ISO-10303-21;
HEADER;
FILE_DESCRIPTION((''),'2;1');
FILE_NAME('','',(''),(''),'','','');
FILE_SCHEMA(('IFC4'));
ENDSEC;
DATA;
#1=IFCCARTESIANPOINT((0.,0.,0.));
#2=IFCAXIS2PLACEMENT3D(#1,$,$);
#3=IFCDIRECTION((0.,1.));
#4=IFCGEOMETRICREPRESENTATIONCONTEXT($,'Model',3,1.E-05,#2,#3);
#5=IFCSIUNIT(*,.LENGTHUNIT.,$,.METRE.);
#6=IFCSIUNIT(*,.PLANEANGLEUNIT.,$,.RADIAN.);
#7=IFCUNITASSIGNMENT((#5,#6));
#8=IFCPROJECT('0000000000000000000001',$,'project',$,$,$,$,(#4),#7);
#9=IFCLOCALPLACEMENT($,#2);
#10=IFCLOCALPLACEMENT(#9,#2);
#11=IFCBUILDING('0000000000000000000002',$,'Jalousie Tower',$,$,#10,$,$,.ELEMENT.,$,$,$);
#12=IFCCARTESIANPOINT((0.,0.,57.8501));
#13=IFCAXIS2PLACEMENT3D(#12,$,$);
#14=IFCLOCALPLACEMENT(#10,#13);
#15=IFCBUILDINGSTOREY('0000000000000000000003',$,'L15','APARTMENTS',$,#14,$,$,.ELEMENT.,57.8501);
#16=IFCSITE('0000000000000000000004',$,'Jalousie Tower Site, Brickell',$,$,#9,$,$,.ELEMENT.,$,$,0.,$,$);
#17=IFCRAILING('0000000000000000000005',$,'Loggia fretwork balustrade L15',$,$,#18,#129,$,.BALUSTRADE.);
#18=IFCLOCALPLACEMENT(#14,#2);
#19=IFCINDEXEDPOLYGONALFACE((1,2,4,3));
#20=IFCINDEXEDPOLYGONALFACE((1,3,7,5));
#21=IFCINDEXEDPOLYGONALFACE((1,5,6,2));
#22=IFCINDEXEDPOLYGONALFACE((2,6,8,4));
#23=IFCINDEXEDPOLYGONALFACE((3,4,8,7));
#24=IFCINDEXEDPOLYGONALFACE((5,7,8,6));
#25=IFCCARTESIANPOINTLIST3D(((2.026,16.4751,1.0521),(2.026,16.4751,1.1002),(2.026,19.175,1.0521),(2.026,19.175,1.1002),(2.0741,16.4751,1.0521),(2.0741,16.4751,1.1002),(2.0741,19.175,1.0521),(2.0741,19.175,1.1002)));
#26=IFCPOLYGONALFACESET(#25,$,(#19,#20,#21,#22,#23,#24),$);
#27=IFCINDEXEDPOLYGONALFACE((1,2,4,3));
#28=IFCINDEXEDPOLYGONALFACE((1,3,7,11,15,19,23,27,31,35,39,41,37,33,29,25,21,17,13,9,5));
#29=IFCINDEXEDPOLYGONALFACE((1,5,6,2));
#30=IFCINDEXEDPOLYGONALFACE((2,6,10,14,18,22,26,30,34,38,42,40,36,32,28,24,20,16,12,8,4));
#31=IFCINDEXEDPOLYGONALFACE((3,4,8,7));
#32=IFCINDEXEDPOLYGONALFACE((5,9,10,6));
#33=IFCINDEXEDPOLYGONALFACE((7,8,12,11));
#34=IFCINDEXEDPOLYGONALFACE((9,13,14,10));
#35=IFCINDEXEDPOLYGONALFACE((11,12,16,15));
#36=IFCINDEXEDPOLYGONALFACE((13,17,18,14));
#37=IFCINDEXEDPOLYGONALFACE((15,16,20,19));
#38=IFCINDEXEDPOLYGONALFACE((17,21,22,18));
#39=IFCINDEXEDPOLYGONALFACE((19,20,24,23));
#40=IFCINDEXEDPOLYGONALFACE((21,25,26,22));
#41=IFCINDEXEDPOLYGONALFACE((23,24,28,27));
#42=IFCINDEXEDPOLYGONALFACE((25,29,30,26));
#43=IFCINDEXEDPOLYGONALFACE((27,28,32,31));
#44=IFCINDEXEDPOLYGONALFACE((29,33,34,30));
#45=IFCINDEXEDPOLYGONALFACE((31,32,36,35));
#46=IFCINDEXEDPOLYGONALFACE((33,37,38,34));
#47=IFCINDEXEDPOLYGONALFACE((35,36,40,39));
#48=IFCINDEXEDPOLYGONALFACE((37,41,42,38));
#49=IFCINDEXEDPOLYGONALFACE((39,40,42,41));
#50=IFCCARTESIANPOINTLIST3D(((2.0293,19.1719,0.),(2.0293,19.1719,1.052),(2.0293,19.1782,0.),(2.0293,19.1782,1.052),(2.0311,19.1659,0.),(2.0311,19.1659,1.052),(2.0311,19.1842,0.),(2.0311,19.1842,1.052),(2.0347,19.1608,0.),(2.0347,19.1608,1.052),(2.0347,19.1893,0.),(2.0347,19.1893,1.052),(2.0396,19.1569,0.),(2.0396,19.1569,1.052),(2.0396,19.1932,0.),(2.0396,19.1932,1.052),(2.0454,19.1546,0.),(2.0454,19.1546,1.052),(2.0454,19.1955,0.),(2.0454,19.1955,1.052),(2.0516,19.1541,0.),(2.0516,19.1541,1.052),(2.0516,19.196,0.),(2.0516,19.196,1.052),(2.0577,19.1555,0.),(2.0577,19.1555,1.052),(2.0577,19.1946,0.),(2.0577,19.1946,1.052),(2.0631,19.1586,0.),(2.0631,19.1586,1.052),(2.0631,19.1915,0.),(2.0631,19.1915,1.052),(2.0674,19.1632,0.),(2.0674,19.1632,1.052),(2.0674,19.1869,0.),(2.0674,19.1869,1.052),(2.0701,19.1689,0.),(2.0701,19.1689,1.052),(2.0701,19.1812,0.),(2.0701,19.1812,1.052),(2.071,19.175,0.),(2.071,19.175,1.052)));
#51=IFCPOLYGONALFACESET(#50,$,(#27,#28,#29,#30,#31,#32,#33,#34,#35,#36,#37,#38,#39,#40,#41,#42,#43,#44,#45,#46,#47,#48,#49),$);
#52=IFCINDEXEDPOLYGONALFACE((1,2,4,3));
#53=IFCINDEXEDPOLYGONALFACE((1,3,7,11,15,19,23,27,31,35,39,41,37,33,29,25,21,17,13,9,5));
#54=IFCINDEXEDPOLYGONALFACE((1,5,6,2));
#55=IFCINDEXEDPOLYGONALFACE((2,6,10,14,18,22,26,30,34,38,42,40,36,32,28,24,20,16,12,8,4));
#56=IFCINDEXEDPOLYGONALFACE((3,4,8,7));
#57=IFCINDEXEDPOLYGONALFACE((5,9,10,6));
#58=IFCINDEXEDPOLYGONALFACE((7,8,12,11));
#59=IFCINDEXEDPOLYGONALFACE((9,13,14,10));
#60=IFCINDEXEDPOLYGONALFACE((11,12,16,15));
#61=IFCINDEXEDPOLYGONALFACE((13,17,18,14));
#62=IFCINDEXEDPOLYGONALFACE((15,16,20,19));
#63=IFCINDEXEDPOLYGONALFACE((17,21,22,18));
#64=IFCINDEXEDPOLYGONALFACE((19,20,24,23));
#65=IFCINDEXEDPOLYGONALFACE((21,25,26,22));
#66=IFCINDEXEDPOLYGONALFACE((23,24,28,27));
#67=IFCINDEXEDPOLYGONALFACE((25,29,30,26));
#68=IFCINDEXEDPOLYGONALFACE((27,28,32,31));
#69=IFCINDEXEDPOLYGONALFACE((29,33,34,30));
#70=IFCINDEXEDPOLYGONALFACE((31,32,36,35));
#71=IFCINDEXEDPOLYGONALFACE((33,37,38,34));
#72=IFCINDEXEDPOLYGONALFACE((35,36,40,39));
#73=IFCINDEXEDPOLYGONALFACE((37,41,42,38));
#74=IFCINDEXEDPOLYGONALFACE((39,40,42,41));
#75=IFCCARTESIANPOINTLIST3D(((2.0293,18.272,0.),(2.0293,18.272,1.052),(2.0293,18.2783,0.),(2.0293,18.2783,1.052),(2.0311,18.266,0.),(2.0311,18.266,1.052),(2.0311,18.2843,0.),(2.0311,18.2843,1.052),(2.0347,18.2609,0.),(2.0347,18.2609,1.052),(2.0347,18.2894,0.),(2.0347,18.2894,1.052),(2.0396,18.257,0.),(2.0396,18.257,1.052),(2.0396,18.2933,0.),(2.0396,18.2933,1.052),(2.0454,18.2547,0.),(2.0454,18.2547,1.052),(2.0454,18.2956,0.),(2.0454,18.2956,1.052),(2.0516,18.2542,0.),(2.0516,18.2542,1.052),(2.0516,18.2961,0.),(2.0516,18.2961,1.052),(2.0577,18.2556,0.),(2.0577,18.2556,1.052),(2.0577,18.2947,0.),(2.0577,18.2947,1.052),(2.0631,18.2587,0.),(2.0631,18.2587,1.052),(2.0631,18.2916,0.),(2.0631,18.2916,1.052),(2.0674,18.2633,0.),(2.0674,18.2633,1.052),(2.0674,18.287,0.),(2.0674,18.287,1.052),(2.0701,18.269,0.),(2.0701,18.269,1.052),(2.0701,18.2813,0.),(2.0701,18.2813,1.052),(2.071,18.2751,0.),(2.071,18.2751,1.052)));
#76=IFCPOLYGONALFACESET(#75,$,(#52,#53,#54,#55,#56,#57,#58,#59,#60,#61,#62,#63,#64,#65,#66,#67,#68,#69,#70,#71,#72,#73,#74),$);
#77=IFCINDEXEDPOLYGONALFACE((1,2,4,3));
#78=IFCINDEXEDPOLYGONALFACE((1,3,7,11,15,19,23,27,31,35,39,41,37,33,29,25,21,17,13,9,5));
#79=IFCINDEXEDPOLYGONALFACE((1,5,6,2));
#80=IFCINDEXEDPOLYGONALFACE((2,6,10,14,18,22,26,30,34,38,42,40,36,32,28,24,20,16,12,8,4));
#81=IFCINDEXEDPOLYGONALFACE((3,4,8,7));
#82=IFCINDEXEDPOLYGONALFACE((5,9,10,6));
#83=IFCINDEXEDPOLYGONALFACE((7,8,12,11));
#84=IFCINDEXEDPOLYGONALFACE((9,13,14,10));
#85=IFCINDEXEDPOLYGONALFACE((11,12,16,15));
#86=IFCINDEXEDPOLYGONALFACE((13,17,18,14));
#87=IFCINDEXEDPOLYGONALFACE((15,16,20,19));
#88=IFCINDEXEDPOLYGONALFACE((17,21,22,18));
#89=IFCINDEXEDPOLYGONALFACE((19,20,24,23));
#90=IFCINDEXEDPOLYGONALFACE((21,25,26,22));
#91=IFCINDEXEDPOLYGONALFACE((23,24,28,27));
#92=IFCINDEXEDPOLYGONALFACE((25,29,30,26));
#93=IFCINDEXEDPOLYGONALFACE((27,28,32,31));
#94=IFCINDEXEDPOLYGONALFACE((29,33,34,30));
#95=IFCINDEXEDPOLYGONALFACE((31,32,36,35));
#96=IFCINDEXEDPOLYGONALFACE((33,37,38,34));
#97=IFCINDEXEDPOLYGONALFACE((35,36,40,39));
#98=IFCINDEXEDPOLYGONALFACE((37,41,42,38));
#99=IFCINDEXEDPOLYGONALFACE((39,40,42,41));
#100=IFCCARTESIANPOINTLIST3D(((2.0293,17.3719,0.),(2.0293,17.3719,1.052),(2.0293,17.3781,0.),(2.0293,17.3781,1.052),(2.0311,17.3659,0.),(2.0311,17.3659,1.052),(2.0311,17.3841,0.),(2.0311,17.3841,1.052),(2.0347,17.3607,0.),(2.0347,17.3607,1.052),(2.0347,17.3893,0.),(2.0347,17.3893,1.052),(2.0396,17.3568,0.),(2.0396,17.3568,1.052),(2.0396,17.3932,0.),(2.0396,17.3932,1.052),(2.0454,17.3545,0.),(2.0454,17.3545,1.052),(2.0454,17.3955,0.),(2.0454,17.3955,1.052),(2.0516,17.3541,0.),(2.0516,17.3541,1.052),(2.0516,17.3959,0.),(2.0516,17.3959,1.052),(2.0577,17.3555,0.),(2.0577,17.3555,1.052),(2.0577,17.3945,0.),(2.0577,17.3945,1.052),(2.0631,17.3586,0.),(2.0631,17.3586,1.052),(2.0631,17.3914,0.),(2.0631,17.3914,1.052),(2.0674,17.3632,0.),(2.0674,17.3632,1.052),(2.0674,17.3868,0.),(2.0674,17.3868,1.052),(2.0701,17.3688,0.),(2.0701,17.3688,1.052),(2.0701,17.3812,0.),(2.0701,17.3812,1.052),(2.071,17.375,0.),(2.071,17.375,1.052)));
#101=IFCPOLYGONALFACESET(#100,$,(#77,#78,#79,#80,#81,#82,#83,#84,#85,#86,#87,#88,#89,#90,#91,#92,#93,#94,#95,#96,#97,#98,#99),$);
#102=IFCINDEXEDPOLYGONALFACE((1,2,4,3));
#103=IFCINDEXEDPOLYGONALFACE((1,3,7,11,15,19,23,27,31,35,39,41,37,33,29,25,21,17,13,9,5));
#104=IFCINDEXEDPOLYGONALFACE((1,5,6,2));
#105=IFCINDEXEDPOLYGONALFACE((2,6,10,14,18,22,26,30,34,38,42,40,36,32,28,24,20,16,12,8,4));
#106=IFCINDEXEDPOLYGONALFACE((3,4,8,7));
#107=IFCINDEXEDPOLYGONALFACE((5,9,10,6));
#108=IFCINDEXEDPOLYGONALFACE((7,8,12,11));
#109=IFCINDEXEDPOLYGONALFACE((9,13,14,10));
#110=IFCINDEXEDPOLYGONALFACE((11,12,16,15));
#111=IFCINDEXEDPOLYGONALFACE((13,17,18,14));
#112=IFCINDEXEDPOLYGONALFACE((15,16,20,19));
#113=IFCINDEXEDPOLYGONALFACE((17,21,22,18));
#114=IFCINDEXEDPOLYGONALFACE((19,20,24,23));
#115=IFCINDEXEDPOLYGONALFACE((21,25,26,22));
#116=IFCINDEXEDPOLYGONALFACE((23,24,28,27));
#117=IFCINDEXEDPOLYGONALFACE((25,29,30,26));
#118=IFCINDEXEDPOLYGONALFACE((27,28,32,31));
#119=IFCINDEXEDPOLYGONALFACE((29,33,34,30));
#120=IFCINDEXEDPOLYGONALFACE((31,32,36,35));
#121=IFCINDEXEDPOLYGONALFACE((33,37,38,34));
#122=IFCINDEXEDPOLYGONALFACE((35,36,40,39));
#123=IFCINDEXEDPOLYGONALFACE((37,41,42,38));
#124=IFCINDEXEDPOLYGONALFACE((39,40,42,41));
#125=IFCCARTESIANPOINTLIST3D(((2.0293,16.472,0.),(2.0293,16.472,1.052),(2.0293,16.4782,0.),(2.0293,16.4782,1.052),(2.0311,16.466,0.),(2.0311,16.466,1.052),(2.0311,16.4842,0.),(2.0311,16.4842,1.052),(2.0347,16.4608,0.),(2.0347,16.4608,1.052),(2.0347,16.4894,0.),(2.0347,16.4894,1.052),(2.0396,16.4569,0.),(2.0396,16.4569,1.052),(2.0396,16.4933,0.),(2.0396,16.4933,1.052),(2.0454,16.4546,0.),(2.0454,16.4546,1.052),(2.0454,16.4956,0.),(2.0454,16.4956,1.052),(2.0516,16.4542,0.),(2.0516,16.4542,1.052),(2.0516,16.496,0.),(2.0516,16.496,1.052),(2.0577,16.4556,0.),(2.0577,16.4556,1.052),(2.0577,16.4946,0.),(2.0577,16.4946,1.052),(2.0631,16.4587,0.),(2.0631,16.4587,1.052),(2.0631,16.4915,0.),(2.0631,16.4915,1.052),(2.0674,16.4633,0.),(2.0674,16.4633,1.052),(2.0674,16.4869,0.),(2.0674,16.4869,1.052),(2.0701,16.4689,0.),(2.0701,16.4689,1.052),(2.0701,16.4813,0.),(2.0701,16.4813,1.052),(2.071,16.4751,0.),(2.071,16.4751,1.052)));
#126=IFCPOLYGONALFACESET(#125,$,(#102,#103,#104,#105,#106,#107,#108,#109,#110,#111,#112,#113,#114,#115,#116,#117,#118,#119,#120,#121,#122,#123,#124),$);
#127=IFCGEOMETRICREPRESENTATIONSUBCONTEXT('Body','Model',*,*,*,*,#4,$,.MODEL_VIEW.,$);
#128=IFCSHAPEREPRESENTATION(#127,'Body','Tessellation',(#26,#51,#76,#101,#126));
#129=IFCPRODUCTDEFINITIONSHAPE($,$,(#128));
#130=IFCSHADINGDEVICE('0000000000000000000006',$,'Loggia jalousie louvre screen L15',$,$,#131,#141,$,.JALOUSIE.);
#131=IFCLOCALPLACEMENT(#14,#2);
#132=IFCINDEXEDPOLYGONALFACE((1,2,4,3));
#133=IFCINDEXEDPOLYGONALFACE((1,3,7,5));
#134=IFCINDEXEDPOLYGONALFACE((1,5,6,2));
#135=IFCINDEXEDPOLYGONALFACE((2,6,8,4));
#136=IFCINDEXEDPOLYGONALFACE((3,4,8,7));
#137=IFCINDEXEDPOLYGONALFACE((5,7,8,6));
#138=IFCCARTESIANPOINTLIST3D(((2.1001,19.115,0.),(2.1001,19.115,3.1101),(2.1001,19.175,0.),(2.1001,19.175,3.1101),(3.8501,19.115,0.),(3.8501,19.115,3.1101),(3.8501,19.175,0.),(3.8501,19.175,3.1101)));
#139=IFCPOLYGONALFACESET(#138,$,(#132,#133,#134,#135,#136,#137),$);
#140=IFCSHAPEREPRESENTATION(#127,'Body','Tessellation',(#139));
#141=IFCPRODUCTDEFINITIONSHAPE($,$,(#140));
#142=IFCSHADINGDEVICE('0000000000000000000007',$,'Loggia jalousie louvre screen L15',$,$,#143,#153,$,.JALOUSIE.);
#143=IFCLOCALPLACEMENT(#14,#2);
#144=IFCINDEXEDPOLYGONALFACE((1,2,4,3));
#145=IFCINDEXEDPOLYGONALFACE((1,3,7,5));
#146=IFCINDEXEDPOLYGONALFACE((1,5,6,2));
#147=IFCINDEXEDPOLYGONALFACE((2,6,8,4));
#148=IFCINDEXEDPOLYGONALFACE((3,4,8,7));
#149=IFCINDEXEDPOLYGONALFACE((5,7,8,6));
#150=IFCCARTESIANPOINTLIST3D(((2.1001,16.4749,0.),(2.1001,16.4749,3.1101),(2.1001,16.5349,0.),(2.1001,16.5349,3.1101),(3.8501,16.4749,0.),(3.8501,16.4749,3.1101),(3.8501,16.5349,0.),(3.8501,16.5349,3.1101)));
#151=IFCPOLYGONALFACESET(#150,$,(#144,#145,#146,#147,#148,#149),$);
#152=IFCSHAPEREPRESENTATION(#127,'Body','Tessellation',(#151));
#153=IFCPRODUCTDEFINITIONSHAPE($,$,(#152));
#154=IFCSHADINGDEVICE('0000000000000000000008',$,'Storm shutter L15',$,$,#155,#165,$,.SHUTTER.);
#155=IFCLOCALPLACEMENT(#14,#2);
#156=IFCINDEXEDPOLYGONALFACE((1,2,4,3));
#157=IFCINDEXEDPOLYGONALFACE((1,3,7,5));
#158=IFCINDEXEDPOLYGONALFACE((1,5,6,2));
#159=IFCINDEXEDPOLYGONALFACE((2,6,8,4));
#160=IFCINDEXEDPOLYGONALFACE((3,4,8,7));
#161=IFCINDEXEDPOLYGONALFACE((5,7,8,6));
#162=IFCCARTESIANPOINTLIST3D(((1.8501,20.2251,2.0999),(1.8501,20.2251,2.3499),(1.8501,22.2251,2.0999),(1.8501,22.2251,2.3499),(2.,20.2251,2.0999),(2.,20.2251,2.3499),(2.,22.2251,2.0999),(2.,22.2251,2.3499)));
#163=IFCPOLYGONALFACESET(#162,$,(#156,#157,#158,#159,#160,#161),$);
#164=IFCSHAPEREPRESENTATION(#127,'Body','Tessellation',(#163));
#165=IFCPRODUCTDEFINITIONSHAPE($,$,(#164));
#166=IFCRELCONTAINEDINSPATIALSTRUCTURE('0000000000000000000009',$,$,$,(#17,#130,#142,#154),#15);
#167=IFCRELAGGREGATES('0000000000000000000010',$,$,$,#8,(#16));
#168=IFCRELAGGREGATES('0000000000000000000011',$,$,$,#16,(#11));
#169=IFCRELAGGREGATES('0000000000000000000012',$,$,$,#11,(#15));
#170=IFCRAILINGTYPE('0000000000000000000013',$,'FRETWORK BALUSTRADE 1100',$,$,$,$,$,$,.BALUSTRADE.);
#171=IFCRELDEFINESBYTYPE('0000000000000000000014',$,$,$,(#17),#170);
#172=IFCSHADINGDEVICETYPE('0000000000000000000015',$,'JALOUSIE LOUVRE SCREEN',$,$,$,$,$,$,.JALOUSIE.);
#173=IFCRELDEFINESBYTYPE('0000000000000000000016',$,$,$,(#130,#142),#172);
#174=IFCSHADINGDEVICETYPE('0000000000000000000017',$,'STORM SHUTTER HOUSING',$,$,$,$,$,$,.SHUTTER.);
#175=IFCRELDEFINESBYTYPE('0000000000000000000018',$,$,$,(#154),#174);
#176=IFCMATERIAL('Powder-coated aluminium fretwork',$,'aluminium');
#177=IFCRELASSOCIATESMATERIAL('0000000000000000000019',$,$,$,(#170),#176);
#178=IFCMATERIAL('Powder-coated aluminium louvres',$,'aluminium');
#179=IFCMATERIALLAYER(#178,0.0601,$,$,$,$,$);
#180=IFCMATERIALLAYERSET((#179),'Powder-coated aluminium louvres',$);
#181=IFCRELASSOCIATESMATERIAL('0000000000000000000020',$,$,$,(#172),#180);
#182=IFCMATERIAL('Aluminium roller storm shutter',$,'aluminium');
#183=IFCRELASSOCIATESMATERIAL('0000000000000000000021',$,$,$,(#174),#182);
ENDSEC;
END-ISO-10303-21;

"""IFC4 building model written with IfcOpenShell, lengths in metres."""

from ifc_helpers import new_model, si_unit, direction, frame, origin, origin_2d, place, context, subcontext, project, spatial, rectangle, circle, extrude, material, layer, layer_set, type_object, element, save


model = new_model("IFC4")

# Units and contexts
model_context = context("Model", 3, precision=1e-05, world=origin(), true_north=direction((0.0, 1.0)))
body_context = subcontext(model_context, "Body", "Model", "MODEL_VIEW")
ifc_project = project(units=[si_unit("LENGTHUNIT", "METRE"), si_unit("PLANEANGLEUNIT", "RADIAN")], contexts=[model_context])

# Site, building, storey
site_placement = place(None, origin())
site = spatial("IfcSite", under=ifc_project, at=site_placement, Name="Jalousie Tower Site, Brickell", CompositionType="ELEMENT", RefElevation=0.0)
building_placement = place(site_placement, origin())
building = spatial("IfcBuilding", under=site, at=building_placement, Name="Jalousie Tower", CompositionType="ELEMENT")
storey_placement = place(building_placement, frame((0.0, 0.0, 57.8501)))
storey = spatial("IfcBuildingStorey", under=building, at=storey_placement, Name="L15", Description="APARTMENTS", CompositionType="ELEMENT", Elevation=57.8501)

# Railing
ifc_material_1 = material(Name="Powder-coated aluminium fretwork", Category="aluminium")
railing_type = type_object("IfcRailingType", Name="FRETWORK BALUSTRADE 1100", PredefinedType="BALUSTRADE", material=ifc_material_1)
railing_placement = place(storey_placement, frame((2.05, 19.175, 0.0)))
element("IfcRailing", 1, at=railing_placement, inside=storey, type_object=railing_type, Name="Loggia fretwork balustrade L15", PredefinedType="BALUSTRADE", context=body_context, shape_type="SweptSolid", body=[
    extrude(rectangle(XDim=0.0481, YDim=0.0481, at=origin_2d()), frame((0.0, 0.0, 1.0762), z_axis=(0.0, -1.0, 0.0), x_axis=(1.0, 0.0, 0.0)), (0.0, 0.0, 1.0), 2.7),
    extrude(circle(Radius=0.021, at=origin_2d()), origin(), (0.0, 0.0, 1.0), 1.052),
    extrude(circle(Radius=0.021, at=origin_2d()), frame((0.0, -0.8999, 0.0)), (0.0, 0.0, 1.0), 1.052),
    extrude(circle(Radius=0.021, at=origin_2d()), frame((0.0, -1.8, 0.0)), (0.0, 0.0, 1.0), 1.052),
    extrude(circle(Radius=0.021, at=origin_2d()), frame((0.0, -2.7, 0.0)), (0.0, 0.0, 1.0), 1.052),
])

# Shading devices
ifc_material_2 = material(Name="Powder-coated aluminium louvres", Category="aluminium")
ifc_layer_1 = layer(ifc_material_2, 0.0601)
ifc_layer_set_1 = layer_set([ifc_layer_1], Name="Powder-coated aluminium louvres")
shading_device_type_1 = type_object("IfcShadingDeviceType", Name="JALOUSIE LOUVRE SCREEN", PredefinedType="JALOUSIE", material=ifc_layer_set_1)
for number, where, z_axis, x_axis, name in (
    (2, (2.9751, 19.145, 0.0), (0.0, 0.0, 1.0), (0.0, -1.0, 0.0), "Loggia jalousie louvre screen L15"),
    (3, (2.9751, 16.5049, 0.0), (0.0, 0.0, 1.0), (0.0, -1.0, 0.0), "Loggia jalousie louvre screen L15"),
):
    element("IfcShadingDevice", number, at=place(storey_placement, frame(where, z_axis=z_axis, x_axis=x_axis)), inside=storey, type_object=shading_device_type_1, Name=name, PredefinedType="JALOUSIE", context=body_context, shape_type="SweptSolid", body=[
        extrude(rectangle(XDim=0.0601, YDim=1.75, at=origin_2d()), origin(), (0.0, 0.0, 1.0), 3.1101),
    ])
ifc_material_3 = material(Name="Aluminium roller storm shutter", Category="aluminium")
shading_device_type_2 = type_object("IfcShadingDeviceType", Name="STORM SHUTTER HOUSING", PredefinedType="SHUTTER", material=ifc_material_3)
shading_device_placement = place(storey_placement, frame((1.925, 21.2251, 2.0999), z_axis=(0.0, 0.0, 1.0), x_axis=(0.0, -1.0, 0.0)))
element("IfcShadingDevice", 4, at=shading_device_placement, inside=storey, type_object=shading_device_type_2, Name="Storm shutter L15", PredefinedType="SHUTTER", context=body_context, shape_type="SweptSolid", body=[
    extrude(rectangle(XDim=2.0, YDim=0.1499, at=origin_2d()), origin(), (0.0, 0.0, 1.0), 0.25),
])

save(model, "model.ifc")
